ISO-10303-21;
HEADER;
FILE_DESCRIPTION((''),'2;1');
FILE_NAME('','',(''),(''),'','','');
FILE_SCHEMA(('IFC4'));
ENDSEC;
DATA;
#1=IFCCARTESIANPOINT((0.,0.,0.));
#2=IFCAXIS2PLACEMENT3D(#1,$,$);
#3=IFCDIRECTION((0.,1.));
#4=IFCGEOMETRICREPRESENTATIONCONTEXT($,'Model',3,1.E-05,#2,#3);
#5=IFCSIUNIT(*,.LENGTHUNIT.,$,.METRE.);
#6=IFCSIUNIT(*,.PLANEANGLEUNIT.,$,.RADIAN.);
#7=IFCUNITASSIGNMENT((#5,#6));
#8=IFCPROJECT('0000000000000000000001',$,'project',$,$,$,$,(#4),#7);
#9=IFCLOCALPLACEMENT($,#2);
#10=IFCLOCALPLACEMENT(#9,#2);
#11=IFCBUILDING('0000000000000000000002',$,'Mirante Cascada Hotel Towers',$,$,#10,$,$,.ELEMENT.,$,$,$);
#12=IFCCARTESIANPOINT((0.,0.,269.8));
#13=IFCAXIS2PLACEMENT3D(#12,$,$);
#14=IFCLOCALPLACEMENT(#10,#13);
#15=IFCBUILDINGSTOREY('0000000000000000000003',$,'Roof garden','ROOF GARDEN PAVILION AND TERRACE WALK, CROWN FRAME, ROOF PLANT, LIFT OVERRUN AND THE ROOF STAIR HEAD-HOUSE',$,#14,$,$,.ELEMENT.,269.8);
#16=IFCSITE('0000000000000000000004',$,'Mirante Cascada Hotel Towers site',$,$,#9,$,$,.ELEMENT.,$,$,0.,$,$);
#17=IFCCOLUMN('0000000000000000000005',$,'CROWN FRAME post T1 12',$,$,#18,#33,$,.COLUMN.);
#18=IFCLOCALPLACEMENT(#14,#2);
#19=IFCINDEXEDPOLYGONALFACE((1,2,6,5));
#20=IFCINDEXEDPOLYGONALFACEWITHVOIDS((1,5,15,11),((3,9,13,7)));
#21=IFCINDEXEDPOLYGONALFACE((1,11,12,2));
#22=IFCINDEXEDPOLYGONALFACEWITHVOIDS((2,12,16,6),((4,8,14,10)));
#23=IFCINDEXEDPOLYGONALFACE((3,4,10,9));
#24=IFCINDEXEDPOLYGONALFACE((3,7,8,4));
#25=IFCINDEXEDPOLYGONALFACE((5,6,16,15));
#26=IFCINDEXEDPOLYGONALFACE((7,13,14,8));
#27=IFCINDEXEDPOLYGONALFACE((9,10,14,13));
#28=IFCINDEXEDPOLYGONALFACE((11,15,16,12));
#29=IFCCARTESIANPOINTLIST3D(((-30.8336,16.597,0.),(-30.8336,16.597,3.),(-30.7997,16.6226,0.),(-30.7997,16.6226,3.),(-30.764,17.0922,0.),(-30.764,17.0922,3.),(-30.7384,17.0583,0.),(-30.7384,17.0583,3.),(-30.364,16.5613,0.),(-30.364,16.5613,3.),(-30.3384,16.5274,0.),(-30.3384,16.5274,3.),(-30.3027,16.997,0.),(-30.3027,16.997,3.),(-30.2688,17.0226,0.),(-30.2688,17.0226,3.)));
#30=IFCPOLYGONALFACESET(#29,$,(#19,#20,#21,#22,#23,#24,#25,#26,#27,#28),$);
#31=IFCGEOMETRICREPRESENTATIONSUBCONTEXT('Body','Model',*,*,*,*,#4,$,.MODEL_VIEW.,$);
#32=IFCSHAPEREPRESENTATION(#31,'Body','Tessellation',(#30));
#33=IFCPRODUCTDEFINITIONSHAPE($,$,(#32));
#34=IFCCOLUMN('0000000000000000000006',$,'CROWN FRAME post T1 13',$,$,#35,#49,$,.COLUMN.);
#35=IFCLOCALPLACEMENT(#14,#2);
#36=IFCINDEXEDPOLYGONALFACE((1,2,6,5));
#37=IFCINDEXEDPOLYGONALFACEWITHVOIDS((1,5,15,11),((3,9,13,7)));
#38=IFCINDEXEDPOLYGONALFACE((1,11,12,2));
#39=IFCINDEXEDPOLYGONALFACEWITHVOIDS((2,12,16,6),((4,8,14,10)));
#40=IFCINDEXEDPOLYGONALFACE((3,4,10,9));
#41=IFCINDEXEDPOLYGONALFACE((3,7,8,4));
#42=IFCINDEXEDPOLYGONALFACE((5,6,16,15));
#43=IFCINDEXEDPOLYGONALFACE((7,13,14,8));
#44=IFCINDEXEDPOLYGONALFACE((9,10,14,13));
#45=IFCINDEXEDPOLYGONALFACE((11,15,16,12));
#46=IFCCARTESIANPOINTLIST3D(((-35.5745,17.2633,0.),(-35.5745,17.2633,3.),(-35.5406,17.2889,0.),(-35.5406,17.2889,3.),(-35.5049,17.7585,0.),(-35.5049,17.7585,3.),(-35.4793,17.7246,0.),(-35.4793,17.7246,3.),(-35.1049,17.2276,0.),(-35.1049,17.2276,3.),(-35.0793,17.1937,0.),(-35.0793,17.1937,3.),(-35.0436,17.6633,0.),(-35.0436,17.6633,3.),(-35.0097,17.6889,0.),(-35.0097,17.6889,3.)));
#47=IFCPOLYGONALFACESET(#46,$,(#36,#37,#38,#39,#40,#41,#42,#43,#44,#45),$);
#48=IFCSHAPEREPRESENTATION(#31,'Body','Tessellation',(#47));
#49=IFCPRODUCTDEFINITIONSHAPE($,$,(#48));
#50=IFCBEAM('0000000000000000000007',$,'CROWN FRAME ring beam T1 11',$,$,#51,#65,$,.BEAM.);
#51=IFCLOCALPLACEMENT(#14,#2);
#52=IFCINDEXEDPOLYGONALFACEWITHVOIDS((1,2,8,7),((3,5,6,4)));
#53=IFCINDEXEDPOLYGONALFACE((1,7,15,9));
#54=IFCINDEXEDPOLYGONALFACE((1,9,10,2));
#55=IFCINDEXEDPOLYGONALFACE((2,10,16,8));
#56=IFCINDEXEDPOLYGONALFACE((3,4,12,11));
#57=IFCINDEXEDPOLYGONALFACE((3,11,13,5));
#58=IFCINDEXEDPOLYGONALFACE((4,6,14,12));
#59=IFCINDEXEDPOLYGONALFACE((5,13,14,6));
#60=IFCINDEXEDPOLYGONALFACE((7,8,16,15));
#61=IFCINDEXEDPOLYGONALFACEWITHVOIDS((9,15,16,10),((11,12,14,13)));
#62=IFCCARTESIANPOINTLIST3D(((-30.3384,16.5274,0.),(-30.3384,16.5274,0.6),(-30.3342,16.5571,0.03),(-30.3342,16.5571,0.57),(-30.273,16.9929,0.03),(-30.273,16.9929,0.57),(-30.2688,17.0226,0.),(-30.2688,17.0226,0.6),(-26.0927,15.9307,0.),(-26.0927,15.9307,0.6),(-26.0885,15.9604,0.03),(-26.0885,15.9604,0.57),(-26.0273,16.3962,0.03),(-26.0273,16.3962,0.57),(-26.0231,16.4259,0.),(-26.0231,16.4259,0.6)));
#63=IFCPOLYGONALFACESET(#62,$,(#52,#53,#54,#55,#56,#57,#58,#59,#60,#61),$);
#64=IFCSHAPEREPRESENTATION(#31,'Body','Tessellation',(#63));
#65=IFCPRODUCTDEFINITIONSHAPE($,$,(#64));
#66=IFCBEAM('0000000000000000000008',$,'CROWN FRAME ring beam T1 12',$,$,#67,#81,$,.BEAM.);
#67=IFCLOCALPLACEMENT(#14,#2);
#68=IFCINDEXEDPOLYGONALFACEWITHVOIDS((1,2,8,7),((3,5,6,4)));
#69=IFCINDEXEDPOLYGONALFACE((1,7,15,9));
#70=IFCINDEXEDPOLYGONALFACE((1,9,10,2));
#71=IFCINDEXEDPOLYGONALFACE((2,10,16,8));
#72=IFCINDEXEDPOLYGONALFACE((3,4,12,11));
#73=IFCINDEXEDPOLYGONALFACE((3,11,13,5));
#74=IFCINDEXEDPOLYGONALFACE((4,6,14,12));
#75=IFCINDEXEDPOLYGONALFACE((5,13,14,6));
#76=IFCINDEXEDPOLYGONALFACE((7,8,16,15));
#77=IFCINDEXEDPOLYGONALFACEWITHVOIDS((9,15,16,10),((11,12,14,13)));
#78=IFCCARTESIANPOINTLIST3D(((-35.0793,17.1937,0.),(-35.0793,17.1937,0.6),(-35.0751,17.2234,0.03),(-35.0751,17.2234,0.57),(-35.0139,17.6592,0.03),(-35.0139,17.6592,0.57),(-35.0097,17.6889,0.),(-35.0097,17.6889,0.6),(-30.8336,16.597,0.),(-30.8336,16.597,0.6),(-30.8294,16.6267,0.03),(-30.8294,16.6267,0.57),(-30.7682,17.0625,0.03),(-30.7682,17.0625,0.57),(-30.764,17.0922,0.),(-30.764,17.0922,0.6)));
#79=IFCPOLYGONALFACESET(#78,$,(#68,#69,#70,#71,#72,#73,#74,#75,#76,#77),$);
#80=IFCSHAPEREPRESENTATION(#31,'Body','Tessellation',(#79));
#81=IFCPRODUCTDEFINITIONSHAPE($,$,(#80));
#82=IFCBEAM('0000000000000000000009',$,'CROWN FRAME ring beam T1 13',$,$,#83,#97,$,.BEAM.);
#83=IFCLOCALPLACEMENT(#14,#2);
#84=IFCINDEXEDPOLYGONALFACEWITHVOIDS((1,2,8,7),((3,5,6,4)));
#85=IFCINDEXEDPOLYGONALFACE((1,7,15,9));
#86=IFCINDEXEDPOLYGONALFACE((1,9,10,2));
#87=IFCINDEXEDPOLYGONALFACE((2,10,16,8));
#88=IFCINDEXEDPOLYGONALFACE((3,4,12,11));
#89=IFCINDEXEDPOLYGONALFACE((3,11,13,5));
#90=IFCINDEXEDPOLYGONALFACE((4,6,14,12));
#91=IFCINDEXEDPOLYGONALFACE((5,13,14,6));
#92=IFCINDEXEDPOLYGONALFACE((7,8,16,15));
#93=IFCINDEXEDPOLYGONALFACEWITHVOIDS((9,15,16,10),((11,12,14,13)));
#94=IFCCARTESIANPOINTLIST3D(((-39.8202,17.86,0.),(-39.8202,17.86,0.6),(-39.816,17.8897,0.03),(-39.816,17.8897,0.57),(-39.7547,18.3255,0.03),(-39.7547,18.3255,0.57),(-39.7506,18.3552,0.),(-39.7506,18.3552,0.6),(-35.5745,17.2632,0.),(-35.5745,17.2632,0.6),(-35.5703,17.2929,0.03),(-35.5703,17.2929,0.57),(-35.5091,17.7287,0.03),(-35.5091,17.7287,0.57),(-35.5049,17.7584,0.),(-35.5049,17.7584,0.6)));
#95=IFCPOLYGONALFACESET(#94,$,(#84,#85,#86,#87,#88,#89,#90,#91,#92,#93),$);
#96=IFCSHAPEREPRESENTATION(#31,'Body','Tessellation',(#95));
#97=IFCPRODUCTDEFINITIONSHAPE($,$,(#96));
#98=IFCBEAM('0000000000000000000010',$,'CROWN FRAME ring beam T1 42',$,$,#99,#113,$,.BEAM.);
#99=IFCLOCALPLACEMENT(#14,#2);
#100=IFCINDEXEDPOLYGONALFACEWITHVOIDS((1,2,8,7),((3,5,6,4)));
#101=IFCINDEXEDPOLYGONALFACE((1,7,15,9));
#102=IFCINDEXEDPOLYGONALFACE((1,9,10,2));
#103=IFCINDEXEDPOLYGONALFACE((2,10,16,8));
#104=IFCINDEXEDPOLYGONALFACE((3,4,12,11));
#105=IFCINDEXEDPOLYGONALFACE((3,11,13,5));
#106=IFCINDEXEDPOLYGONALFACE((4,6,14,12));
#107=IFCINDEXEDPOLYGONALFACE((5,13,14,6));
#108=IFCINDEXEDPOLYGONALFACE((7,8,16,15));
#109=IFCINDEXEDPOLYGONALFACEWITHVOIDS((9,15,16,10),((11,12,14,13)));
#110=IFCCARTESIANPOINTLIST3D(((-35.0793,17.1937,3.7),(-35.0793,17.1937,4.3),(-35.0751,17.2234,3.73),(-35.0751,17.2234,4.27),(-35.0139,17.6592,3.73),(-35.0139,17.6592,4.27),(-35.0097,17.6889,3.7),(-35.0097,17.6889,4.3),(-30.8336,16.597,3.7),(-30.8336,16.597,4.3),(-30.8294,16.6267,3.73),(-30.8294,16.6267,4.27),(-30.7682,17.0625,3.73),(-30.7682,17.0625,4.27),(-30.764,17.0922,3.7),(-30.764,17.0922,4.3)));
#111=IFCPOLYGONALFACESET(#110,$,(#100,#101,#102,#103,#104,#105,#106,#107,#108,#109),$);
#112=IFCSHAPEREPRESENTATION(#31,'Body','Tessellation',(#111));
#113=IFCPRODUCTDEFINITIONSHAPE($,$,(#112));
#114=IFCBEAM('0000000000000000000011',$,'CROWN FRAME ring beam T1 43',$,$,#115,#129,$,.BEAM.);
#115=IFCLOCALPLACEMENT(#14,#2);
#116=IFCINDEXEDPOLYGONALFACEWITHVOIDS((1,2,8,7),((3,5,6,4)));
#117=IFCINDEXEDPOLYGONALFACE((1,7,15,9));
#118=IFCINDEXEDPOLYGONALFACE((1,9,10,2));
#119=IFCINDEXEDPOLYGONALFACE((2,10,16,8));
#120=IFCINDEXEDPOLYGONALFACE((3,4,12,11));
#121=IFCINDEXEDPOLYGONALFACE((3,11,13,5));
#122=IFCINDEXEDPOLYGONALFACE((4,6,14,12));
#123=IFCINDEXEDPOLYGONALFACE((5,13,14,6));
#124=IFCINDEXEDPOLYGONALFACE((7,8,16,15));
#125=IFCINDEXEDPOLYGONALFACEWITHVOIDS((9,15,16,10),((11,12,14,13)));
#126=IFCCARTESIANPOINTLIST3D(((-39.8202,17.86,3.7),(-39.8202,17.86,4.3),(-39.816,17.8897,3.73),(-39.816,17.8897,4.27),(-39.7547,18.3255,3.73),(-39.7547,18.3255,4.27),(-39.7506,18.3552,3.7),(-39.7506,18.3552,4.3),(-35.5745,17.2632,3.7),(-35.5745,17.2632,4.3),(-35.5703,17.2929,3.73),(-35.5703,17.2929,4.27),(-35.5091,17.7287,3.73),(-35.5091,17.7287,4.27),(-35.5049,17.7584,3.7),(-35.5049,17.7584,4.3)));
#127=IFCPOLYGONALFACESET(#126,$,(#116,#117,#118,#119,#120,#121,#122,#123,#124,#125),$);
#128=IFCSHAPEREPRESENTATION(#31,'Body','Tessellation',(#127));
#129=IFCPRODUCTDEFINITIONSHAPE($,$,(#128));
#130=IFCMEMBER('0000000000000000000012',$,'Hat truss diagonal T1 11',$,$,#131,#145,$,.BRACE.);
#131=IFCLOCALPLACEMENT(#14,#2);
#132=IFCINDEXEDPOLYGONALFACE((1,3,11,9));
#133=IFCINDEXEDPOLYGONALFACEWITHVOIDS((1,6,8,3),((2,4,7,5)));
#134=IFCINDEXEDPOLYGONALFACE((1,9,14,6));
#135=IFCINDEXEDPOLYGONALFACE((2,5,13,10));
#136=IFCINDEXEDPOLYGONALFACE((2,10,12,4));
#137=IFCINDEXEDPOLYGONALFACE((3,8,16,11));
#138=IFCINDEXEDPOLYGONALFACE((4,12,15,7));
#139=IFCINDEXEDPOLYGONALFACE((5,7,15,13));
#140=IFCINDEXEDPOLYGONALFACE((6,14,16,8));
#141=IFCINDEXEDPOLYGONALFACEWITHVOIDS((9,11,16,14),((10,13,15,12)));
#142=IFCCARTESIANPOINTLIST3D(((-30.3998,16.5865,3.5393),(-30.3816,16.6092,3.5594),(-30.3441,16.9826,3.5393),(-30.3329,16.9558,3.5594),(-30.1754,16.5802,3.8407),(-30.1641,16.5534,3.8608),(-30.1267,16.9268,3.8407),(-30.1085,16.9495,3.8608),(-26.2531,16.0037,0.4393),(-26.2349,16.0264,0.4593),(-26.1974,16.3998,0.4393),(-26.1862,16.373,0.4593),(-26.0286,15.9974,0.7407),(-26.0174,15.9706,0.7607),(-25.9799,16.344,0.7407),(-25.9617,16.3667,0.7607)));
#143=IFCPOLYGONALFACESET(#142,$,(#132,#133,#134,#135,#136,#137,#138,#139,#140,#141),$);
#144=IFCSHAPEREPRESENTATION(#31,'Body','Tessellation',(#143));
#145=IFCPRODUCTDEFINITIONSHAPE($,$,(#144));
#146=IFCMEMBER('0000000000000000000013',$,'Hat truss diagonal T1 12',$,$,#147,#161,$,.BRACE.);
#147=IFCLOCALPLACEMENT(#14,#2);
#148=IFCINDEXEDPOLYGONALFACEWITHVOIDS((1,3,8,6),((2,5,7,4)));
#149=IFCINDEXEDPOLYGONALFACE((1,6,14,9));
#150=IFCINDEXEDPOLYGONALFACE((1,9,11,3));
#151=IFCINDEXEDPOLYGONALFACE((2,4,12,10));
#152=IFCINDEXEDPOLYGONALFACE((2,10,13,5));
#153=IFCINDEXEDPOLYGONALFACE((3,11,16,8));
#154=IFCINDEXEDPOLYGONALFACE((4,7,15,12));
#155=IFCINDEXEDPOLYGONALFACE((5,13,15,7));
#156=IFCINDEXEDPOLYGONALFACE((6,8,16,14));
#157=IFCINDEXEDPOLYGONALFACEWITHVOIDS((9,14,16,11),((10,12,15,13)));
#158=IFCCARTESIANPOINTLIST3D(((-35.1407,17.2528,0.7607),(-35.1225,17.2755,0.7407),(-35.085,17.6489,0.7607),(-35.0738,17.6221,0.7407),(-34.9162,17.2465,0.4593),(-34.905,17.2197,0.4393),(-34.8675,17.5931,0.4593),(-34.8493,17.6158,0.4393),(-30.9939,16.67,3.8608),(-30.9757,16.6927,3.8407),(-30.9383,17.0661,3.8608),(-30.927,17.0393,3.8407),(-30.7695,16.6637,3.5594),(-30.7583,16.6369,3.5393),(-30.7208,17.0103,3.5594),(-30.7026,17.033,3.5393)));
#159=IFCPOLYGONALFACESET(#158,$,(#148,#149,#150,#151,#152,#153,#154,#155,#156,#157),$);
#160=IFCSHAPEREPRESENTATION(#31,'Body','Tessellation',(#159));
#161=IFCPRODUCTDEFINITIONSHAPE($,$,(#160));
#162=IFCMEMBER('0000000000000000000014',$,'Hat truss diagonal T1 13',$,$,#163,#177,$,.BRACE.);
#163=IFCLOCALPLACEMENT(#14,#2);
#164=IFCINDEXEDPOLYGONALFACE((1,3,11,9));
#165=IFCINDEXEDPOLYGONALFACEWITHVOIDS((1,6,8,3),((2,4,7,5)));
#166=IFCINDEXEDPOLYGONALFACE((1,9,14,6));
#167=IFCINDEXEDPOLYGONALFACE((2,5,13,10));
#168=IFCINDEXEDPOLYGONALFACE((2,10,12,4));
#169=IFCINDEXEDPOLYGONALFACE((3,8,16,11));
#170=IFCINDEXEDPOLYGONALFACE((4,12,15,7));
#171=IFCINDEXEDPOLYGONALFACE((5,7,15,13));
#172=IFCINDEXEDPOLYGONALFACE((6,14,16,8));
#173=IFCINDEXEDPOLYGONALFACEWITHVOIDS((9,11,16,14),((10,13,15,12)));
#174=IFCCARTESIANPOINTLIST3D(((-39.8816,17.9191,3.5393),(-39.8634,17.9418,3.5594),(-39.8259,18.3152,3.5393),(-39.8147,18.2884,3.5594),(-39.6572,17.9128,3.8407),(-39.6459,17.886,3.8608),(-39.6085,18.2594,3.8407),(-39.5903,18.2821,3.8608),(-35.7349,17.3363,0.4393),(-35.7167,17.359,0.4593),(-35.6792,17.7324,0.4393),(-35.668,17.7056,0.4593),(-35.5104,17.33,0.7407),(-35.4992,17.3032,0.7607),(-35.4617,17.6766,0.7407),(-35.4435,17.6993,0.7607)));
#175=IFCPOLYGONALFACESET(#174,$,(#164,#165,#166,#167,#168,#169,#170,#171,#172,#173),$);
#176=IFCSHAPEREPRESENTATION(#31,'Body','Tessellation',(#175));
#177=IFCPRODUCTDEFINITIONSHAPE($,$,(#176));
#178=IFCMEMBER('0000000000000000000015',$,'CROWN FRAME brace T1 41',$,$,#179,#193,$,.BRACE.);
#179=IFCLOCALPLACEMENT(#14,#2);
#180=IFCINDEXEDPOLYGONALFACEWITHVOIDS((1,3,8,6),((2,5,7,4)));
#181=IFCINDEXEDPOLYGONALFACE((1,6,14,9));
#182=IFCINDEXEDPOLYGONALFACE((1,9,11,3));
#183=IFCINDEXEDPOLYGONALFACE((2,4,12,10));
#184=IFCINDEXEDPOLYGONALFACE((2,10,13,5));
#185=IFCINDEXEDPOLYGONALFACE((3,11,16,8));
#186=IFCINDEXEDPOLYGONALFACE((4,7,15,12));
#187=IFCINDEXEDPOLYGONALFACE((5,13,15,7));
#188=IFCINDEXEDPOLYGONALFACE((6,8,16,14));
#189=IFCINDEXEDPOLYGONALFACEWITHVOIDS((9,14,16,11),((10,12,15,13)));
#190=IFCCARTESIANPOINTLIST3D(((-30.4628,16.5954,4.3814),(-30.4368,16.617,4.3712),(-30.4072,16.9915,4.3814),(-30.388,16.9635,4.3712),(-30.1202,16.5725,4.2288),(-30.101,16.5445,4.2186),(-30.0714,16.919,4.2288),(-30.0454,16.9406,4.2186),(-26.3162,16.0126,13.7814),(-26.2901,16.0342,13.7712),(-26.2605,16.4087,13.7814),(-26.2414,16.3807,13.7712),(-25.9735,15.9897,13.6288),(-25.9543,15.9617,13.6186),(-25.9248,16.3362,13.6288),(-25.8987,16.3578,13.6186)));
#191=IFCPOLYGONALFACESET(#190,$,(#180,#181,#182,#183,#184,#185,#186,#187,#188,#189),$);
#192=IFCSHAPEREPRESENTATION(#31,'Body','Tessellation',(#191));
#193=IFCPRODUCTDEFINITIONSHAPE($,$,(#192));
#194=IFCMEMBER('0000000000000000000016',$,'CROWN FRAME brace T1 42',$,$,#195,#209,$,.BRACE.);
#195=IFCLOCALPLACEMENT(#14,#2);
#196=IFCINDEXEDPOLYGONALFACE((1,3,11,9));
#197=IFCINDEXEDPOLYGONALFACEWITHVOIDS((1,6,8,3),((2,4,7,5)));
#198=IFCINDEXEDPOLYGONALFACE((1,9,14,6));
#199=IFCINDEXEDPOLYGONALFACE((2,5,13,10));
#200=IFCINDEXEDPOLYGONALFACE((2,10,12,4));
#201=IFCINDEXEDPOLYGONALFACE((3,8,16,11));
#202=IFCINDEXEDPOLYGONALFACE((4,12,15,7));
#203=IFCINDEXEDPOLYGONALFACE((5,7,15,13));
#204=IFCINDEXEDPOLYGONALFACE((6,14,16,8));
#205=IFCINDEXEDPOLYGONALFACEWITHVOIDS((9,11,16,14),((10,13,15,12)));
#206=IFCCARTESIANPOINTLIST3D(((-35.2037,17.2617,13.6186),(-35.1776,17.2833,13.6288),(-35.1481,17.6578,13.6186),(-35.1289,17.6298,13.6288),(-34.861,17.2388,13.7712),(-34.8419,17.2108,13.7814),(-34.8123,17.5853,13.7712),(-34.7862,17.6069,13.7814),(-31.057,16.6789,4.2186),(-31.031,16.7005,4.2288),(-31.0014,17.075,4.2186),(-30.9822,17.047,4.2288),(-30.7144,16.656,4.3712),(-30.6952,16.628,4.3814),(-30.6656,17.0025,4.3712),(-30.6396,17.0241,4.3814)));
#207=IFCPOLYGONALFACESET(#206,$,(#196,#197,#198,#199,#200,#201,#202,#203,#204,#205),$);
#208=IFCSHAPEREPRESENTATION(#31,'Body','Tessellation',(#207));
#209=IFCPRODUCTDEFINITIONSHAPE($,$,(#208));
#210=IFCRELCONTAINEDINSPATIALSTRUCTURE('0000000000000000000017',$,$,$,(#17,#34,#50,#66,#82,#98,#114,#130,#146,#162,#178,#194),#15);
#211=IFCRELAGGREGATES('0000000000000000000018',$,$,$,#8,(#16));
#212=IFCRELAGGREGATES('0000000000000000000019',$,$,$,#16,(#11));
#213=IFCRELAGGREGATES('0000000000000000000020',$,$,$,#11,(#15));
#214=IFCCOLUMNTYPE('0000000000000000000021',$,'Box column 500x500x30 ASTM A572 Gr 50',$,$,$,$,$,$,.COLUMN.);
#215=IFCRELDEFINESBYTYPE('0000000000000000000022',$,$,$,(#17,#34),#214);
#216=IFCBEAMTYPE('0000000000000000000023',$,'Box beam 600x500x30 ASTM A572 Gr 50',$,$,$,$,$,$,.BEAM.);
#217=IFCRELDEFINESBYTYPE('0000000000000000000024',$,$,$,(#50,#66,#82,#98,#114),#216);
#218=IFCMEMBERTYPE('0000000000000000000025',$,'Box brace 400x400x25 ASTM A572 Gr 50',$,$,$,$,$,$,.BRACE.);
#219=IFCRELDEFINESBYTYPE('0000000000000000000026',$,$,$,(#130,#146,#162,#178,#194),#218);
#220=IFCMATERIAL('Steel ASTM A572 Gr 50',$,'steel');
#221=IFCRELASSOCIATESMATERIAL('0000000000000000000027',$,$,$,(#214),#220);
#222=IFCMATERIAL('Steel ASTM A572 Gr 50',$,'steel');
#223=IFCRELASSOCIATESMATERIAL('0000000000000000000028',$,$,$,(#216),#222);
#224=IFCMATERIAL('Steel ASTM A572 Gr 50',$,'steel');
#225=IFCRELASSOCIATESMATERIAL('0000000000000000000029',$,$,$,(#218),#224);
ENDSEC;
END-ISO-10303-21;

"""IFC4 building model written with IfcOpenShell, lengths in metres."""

from ifc_helpers import new_model, si_unit, direction, frame, origin, origin_2d, place, context, subcontext, project, spatial, hollow_rectangle, extrude, material, material_profile, profile_set, type_object, element, save


model = new_model("IFC4")

# Units and contexts
model_context = context("Model", 3, precision=1e-05, world=origin(), true_north=direction((0.0, 1.0)))
body_context = subcontext(model_context, "Body", "Model", "MODEL_VIEW")
ifc_project = project(units=[si_unit("LENGTHUNIT", "METRE"), si_unit("PLANEANGLEUNIT", "RADIAN")], contexts=[model_context])

# Site, building, storey
site_placement = place(None, origin())
site = spatial("IfcSite", under=ifc_project, at=site_placement, Name="Mirante Cascada Hotel Towers site", CompositionType="ELEMENT", RefElevation=0.0)
building_placement = place(site_placement, origin())
building = spatial("IfcBuilding", under=site, at=building_placement, Name="Mirante Cascada Hotel Towers", CompositionType="ELEMENT")
storey_placement = place(building_placement, frame((0.0, 0.0, 269.8)))
storey = spatial("IfcBuildingStorey", under=building, at=storey_placement, Name="Roof garden", Description="ROOF GARDEN PAVILION AND TERRACE WALK, CROWN FRAME, ROOF PLANT, LIFT OVERRUN AND THE ROOF STAIR HEAD-HOUSE", CompositionType="ELEMENT", Elevation=269.8)

# Columns
ifc_material_1 = material(Name="Steel ASTM A572 Gr 50", Category="steel")
ifc_material_profile_1 = material_profile(ifc_material_1, hollow_rectangle(XDim=0.5, YDim=0.5, WallThickness=0.03, at=origin_2d()), Name="Box column 500x500x30 ASTM A572 Gr 50")
ifc_profile_set_1 = profile_set([ifc_material_profile_1], Name="Steel ASTM A572 Gr 50")
column_type = type_object("IfcColumnType", Name="Box column 500x500x30 ASTM A572 Gr 50", PredefinedType="COLUMN", material=ifc_profile_set_1)
for number, where, z_axis, x_axis, name in (
    (1, (-30.5512, 16.8098, 0.0), (0.0, 0.0, 1.0), (-0.990268, 0.139173, 0.0), "CROWN FRAME post T1 12"),
    (2, (-35.2921, 17.4761, 0.0), (0.0, 0.0, 1.0), (-0.990268, 0.139173, 0.0), "CROWN FRAME post T1 13"),
):
    element("IfcColumn", number, at=place(storey_placement, frame(where, z_axis=z_axis, x_axis=x_axis)), inside=storey, type_object=column_type, Name=name, PredefinedType="COLUMN", context=body_context, shape_type="SweptSolid", body=[
        extrude(hollow_rectangle(XDim=0.5, YDim=0.5, WallThickness=0.03, at=origin_2d()), origin(), (0.0, 0.0, 1.0), 3.0),
    ])

# Beams
ifc_material_2 = material(Name="Steel ASTM A572 Gr 50", Category="steel")
ifc_material_profile_2 = material_profile(ifc_material_2, hollow_rectangle(XDim=0.5, YDim=0.6, WallThickness=0.03, at=origin_2d()), Name="Box beam 600x500x30 ASTM A572 Gr 50")
ifc_profile_set_2 = profile_set([ifc_material_profile_2], Name="Steel ASTM A572 Gr 50")
beam_type = type_object("IfcBeamType", Name="Box beam 600x500x30 ASTM A572 Gr 50", PredefinedType="BEAM", material=ifc_profile_set_2)
for number, where, z_axis, x_axis, name in (
    (3, (-26.0579, 16.1783, 0.3), (-0.990268, 0.139174, 0.0), (-0.139174, -0.990268, 0.0), "CROWN FRAME ring beam T1 11"),
    (4, (-30.7988, 16.8446, 0.3), (-0.990268, 0.139174, 0.0), (-0.139174, -0.990268, 0.0), "CROWN FRAME ring beam T1 12"),
    (5, (-35.5397, 17.5108, 0.3), (-0.990265, 0.139197, 0.0), (-0.139197, -0.990265, 0.0), "CROWN FRAME ring beam T1 13"),
    (6, (-30.7988, 16.8446, 4.0), (-0.990268, 0.139174, 0.0), (-0.139174, -0.990268, 0.0), "CROWN FRAME ring beam T1 42"),
    (7, (-35.5397, 17.5108, 4.0), (-0.990265, 0.139197, 0.0), (-0.139197, -0.990265, 0.0), "CROWN FRAME ring beam T1 43"),
):
    element("IfcBeam", number, at=place(storey_placement, frame(where, z_axis=z_axis, x_axis=x_axis)), inside=storey, type_object=beam_type, Name=name, PredefinedType="BEAM", context=body_context, shape_type="SweptSolid", body=[
        extrude(hollow_rectangle(XDim=0.5, YDim=0.6, WallThickness=0.03, at=origin_2d()), origin(), (0.0, 0.0, 1.0), 4.2874),
    ])

# Members
ifc_material_3 = material(Name="Steel ASTM A572 Gr 50", Category="steel")
ifc_material_profile_3 = material_profile(ifc_material_3, hollow_rectangle(XDim=0.4, YDim=0.4, WallThickness=0.025, at=origin_2d()), Name="Box brace 400x400x25 ASTM A572 Gr 50")
ifc_profile_set_3 = profile_set([ifc_material_profile_3], Name="Steel ASTM A572 Gr 50")
member_type_1 = type_object("IfcMemberType", Name="Box brace 400x400x25 ASTM A572 Gr 50", PredefinedType="BRACE", material=ifc_profile_set_3)
for number, where, z_axis, x_axis, name in (
    (8, (-26.1074, 16.1852, 0.6), (-0.795902, 0.11186, 0.595002), (-0.139178, -0.990267, 0.0), "Hat truss diagonal T1 11"),
    (9, (-34.995, 17.4343, 0.6), (0.795902, -0.11186, 0.595002), (0.139178, 0.990267, 0.0), "Hat truss diagonal T1 12"),
    (10, (-35.5892, 17.5178, 0.6), (-0.795902, 0.11186, 0.595002), (-0.139178, -0.990267, 0.0), "Hat truss diagonal T1 13"),
):
    element("IfcMember", number, at=place(storey_placement, frame(where, z_axis=z_axis, x_axis=x_axis)), inside=storey, type_object=member_type_1, Name=name, PredefinedType="BRACE", context=body_context, shape_type="SweptSolid", body=[
        extrude(hollow_rectangle(XDim=0.4, YDim=0.4, WallThickness=0.025, at=origin_2d()), origin(), (0.0, 0.0, 1.0), 5.2101),
    ])
for number, where, z_axis, x_axis, name in (
    (11, (-30.2541, 16.768, 4.3), (0.402963, -0.056635, 0.913462), (0.139178, 0.990267, 0.0), "CROWN FRAME brace T1 41"),
    (12, (-30.8483, 16.8515, 4.3), (-0.402963, 0.056635, 0.913462), (-0.139178, -0.990267, 0.0), "CROWN FRAME brace T1 42"),
):
    element("IfcMember", number, at=place(storey_placement, frame(where, z_axis=z_axis, x_axis=x_axis)), inside=storey, type_object=member_type_1, Name=name, PredefinedType="BRACE", context=body_context, shape_type="SweptSolid", body=[
        extrude(hollow_rectangle(XDim=0.4, YDim=0.4, WallThickness=0.025, at=origin_2d()), origin(), (0.0, 0.0, 1.0), 10.2905),
    ])

save(model, "model.ifc")
